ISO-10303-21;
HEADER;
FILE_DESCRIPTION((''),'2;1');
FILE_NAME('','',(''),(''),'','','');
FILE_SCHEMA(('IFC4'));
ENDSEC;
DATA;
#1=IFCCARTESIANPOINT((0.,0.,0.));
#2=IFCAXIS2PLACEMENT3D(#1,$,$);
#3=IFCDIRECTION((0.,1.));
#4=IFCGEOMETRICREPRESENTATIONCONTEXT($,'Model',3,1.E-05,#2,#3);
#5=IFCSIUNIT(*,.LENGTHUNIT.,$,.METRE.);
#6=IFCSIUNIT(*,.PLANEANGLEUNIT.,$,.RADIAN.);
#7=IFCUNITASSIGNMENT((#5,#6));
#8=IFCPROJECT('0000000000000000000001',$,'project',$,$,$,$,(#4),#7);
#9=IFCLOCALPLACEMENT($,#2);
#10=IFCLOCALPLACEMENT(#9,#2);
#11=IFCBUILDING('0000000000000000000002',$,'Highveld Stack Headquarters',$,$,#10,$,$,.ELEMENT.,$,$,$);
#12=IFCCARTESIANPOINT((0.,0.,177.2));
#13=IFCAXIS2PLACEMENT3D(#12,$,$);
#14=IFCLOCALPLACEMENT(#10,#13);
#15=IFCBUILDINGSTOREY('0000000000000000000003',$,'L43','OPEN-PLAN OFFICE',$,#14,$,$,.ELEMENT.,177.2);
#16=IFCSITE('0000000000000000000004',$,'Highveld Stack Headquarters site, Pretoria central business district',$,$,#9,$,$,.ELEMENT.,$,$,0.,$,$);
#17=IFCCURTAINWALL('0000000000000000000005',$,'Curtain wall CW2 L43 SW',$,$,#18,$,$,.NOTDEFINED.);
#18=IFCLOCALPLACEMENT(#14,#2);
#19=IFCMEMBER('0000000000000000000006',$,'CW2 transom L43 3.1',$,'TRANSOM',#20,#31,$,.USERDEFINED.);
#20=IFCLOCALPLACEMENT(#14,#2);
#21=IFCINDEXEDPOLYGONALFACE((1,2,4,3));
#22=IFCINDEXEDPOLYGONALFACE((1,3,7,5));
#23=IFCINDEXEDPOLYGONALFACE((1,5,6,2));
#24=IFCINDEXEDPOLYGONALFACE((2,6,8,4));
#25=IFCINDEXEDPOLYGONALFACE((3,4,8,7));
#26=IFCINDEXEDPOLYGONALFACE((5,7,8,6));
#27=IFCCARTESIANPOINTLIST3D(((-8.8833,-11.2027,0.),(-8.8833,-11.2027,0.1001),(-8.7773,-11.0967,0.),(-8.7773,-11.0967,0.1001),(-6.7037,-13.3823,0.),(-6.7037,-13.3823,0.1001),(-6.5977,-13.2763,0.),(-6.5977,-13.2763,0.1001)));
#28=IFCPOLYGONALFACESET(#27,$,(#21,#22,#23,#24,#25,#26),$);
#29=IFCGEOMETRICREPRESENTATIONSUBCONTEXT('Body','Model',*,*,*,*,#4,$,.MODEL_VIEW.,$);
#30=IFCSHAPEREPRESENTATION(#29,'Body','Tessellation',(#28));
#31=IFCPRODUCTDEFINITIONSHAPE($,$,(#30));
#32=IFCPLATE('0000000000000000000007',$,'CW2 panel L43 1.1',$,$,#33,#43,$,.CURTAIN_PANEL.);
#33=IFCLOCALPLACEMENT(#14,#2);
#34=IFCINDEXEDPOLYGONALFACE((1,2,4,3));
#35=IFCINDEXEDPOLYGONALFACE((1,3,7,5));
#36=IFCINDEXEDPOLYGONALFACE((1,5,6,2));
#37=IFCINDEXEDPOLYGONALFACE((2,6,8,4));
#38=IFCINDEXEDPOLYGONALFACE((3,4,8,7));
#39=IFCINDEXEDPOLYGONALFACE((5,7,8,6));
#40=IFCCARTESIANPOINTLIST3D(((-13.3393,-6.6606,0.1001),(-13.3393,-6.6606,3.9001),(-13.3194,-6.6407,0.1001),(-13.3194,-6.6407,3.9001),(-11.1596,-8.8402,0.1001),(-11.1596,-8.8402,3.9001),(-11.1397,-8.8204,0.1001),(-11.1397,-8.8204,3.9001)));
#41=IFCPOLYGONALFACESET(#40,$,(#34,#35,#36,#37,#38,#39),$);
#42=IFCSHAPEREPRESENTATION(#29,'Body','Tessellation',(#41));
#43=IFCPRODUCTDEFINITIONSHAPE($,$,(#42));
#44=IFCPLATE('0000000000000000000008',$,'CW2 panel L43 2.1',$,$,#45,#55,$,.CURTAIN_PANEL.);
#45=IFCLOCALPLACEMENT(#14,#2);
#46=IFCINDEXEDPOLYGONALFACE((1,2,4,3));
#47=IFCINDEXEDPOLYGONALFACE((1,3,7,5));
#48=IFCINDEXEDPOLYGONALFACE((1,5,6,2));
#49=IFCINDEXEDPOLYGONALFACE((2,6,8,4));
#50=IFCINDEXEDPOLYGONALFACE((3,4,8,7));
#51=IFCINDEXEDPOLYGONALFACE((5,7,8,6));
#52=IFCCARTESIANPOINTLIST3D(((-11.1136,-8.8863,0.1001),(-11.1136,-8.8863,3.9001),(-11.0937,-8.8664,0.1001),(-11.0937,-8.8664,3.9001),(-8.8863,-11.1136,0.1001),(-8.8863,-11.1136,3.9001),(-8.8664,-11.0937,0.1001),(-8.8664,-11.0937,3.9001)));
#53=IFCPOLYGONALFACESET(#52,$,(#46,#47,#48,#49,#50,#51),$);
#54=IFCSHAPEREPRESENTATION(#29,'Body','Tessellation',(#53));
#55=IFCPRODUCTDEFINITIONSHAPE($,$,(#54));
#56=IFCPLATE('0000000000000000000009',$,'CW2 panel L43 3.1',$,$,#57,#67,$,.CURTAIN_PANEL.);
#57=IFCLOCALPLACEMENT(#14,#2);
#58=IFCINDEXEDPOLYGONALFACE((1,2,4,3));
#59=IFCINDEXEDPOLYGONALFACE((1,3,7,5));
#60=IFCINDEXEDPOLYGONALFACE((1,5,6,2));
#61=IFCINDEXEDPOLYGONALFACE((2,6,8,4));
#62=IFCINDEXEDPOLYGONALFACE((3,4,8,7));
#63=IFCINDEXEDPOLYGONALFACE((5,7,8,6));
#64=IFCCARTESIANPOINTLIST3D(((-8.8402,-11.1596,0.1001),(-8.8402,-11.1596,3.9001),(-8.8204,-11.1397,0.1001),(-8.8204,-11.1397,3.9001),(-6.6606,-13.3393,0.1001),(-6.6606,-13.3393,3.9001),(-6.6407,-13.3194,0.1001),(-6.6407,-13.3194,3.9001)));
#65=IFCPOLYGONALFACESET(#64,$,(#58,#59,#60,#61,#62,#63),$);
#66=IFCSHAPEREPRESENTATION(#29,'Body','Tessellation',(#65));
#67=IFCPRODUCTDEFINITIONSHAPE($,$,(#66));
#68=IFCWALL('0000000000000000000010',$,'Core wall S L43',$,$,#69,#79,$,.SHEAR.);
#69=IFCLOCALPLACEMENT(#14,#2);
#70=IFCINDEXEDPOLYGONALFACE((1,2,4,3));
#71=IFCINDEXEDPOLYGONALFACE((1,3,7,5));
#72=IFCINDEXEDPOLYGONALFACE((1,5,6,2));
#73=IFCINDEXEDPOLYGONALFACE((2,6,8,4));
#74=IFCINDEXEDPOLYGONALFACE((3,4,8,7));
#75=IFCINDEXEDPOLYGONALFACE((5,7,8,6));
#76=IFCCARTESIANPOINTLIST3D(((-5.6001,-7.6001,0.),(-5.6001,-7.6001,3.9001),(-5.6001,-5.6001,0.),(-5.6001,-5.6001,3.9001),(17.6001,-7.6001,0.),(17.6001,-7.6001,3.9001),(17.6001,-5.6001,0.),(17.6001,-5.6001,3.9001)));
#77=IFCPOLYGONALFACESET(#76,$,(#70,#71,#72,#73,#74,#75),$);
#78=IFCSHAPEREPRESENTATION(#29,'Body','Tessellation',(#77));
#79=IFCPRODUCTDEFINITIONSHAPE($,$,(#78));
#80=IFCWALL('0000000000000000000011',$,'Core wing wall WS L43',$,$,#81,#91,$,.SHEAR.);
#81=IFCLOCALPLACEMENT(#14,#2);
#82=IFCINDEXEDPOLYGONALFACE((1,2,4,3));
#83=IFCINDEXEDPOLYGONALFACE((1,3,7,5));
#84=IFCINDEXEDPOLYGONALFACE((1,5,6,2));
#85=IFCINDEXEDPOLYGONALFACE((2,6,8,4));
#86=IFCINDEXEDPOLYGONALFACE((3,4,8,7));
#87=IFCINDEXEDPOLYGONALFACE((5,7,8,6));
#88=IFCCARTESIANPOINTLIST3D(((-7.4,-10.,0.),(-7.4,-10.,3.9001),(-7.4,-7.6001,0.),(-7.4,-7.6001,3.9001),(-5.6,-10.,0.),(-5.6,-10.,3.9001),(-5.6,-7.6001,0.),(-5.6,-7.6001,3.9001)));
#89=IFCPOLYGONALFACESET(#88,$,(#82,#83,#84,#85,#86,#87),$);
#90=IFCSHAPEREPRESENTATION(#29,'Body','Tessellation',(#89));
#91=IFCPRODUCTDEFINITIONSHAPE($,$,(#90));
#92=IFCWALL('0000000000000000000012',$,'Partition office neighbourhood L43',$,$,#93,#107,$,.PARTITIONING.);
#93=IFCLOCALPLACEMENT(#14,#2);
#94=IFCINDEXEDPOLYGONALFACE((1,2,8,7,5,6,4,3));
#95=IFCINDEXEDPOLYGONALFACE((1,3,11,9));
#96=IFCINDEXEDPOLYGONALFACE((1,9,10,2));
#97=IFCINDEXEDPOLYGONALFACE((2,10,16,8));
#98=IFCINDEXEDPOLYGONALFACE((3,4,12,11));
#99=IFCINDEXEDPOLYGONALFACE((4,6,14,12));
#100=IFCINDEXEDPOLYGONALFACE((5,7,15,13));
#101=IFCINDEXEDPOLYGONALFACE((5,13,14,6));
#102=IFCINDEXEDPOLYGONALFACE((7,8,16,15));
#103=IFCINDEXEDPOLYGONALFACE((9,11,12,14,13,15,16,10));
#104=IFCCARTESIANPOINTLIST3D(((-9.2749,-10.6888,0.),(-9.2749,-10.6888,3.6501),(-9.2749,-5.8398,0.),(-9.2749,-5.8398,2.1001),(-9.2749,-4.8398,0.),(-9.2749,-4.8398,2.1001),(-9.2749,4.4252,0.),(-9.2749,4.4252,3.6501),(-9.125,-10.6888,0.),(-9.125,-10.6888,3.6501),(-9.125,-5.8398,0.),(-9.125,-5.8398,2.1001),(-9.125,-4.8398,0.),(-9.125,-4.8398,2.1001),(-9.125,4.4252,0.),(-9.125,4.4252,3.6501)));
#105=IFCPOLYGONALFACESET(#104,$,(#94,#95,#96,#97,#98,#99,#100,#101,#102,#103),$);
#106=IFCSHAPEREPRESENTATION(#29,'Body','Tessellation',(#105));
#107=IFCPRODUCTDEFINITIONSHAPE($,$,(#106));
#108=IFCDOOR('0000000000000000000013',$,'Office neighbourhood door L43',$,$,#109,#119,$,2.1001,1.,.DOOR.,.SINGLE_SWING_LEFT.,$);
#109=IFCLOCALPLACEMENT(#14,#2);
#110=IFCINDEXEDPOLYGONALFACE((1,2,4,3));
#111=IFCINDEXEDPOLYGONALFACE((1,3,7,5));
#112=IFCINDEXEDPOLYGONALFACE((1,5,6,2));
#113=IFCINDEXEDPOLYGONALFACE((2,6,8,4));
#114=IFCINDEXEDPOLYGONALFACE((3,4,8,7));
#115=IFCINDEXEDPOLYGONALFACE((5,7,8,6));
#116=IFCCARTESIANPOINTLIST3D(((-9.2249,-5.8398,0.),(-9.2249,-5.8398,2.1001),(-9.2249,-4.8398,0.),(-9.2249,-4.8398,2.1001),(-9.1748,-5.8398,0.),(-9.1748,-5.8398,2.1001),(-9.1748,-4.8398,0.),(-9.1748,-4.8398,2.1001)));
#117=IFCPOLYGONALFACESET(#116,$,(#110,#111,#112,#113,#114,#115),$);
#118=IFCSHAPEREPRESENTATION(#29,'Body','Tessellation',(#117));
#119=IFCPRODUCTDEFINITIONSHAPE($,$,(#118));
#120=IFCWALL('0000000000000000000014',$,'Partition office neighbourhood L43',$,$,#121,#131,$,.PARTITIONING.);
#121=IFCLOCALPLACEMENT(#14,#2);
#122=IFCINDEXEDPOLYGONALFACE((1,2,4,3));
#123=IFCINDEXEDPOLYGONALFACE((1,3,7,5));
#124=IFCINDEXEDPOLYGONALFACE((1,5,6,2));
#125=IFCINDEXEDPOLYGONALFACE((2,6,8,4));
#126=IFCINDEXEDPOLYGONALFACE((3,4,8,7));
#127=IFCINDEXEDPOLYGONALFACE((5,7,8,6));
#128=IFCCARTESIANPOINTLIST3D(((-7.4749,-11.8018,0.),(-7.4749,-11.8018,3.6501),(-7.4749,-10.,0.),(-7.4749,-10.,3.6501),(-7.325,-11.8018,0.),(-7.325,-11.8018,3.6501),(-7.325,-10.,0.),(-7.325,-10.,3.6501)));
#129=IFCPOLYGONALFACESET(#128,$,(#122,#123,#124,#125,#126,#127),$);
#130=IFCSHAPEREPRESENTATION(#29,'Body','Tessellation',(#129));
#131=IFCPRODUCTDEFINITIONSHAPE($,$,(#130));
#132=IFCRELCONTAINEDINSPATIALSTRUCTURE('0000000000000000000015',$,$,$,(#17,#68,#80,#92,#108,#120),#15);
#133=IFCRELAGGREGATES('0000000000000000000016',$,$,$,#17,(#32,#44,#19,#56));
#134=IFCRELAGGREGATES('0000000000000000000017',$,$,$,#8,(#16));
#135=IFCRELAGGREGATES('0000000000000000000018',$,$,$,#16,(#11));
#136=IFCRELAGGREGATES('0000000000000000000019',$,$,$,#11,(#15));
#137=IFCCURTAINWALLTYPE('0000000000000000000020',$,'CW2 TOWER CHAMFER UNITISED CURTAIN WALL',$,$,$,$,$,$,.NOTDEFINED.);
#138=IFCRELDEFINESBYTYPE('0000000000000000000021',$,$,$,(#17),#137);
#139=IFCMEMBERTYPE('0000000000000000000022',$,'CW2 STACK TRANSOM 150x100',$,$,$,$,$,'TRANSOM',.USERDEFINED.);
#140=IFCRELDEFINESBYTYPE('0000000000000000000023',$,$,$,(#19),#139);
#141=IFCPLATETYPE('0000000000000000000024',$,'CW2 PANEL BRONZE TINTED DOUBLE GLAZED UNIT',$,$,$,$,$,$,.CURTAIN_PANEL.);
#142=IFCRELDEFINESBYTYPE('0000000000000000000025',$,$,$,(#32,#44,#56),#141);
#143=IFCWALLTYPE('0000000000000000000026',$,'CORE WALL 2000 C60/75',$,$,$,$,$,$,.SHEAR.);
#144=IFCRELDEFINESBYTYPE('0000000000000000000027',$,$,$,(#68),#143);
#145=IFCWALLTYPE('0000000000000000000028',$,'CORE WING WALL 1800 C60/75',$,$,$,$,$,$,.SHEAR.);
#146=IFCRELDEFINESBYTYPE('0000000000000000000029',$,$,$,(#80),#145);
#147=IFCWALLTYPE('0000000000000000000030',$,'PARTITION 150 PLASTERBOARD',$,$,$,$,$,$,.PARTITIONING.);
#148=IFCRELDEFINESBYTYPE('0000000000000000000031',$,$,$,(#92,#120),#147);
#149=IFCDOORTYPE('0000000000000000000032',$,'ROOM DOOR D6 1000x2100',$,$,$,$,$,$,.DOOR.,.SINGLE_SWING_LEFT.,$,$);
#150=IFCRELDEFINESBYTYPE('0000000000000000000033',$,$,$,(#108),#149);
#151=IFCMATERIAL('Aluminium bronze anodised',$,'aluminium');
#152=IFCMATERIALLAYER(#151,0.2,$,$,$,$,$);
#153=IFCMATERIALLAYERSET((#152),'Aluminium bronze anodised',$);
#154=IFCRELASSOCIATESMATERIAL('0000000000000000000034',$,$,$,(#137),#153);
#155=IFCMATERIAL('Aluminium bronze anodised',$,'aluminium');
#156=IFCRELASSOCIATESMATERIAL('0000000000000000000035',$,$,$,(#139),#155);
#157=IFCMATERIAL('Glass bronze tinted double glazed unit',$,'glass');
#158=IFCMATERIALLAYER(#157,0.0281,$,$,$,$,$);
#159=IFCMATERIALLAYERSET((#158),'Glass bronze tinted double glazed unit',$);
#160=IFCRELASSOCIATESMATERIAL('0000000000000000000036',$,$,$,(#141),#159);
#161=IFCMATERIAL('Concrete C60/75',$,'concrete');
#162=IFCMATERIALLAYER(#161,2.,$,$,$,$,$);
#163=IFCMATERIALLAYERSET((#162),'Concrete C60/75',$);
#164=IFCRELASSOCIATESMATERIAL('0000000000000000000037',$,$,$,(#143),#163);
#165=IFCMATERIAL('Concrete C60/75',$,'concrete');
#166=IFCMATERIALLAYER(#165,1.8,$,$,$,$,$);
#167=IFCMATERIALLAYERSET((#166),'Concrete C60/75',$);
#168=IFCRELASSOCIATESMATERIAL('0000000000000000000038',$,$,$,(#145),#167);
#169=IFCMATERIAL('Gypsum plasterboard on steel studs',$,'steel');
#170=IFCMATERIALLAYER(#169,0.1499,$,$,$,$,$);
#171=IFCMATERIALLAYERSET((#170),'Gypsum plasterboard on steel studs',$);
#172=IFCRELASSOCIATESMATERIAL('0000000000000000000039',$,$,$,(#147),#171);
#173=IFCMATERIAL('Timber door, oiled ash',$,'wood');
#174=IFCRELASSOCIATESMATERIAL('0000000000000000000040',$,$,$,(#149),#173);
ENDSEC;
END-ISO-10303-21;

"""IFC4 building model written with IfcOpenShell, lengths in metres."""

from ifc_helpers import new_model, si_unit, direction, frame, frame_2d, origin, origin_2d, place, context, subcontext, project, spatial, rectangle, extrude, material, layer, layer_set, material_profile, profile_set, type_object, element, fill, aggregate, save


model = new_model("IFC4")

# Units and contexts
model_context = context("Model", 3, precision=1e-05, world=origin(), true_north=direction((0.0, 1.0)))
body_context = subcontext(model_context, "Body", "Model", "MODEL_VIEW")
ifc_project = project(units=[si_unit("LENGTHUNIT", "METRE"), si_unit("PLANEANGLEUNIT", "RADIAN")], contexts=[model_context])

# Site, building, storey
site_placement = place(None, origin())
site = spatial("IfcSite", under=ifc_project, at=site_placement, Name="Highveld Stack Headquarters site, Pretoria central business district", CompositionType="ELEMENT", RefElevation=0.0)
building_placement = place(site_placement, origin())
building = spatial("IfcBuilding", under=site, at=building_placement, Name="Highveld Stack Headquarters", CompositionType="ELEMENT")
storey_placement = place(building_placement, frame((0.0, 0.0, 177.2)))
storey = spatial("IfcBuildingStorey", under=building, at=storey_placement, Name="L43", Description="OPEN-PLAN OFFICE", CompositionType="ELEMENT", Elevation=177.2)

# Curtain wall, member, plates
ifc_material_1 = material(Name="Aluminium bronze anodised", Category="aluminium")
ifc_layer_1 = layer(ifc_material_1, 0.2)
ifc_layer_set_1 = layer_set([ifc_layer_1], Name="Aluminium bronze anodised")
curtain_wall_type_1 = type_object("IfcCurtainWallType", Name="CW2 TOWER CHAMFER UNITISED CURTAIN WALL", PredefinedType="NOTDEFINED", material=ifc_layer_set_1)
curtain_wall_1_placement = place(storey_placement, origin())
curtain_wall_1 = element("IfcCurtainWall", 1, at=curtain_wall_1_placement, inside=storey, type_object=curtain_wall_type_1, Name="Curtain wall CW2 L43 SW", PredefinedType="NOTDEFINED")
ifc_material_2 = material(Name="Aluminium bronze anodised", Category="aluminium")
ifc_material_profile_1 = material_profile(ifc_material_2, rectangle(XDim=0.1499, YDim=0.1001, at=origin_2d()), Name="CW2 TRANSOM 150x100")
ifc_profile_set_1 = profile_set([ifc_material_profile_1], Name="Aluminium bronze anodised")
member_type_1 = type_object("IfcMemberType", Name="CW2 STACK TRANSOM 150x100", ElementType="TRANSOM", PredefinedType="USERDEFINED", material=ifc_profile_set_1)
member_1_placement = place(storey_placement, frame((-8.8303, -11.1497, 0.05), z_axis=(0.707107, -0.707107, 0.0), x_axis=(0.707107, 0.707107, 0.0)))
member_1 = element("IfcMember", 2, at=member_1_placement, type_object=member_type_1, Name="CW2 transom L43 3.1", ObjectType="TRANSOM", PredefinedType="USERDEFINED", context=body_context, shape_type="SweptSolid", body=[
    extrude(rectangle(XDim=0.1499, YDim=0.1001, at=origin_2d()), origin(), (0.0, 0.0, 1.0), 3.0825),
])
ifc_material_3 = material(Name="Glass bronze tinted double glazed unit", Category="glass")
ifc_layer_2 = layer(ifc_material_3, 0.0281)
ifc_layer_set_2 = layer_set([ifc_layer_2], Name="Glass bronze tinted double glazed unit")
plate_type = type_object("IfcPlateType", Name="CW2 PANEL BRONZE TINTED DOUBLE GLAZED UNIT", PredefinedType="CURTAIN_PANEL", material=ifc_layer_set_2)
plate_1_placement = place(storey_placement, frame((-12.2395, -7.7405, 0.1001), z_axis=(0.0, 0.0, 1.0), x_axis=(0.707107, -0.707107, 0.0)))
plate_1 = element("IfcPlate", 3, at=plate_1_placement, type_object=plate_type, Name="CW2 panel L43 1.1", PredefinedType="CURTAIN_PANEL", context=body_context, shape_type="SweptSolid", body=[
    extrude(rectangle(XDim=3.0825, YDim=0.0281, at=origin_2d()), origin(), (0.0, 0.0, 1.0), 3.8),
])
plate_2_placement = place(storey_placement, frame((-9.99, -9.99, 0.1001), z_axis=(0.0, 0.0, 1.0), x_axis=(0.707107, -0.707107, 0.0)))
plate_2 = element("IfcPlate", 4, at=plate_2_placement, type_object=plate_type, Name="CW2 panel L43 2.1", PredefinedType="CURTAIN_PANEL", context=body_context, shape_type="SweptSolid", body=[
    extrude(rectangle(XDim=3.1499, YDim=0.0281, at=origin_2d()), origin(), (0.0, 0.0, 1.0), 3.8),
])
plate_3_placement = place(storey_placement, frame((-7.7405, -12.2395, 0.1001), z_axis=(0.0, 0.0, 1.0), x_axis=(0.707107, -0.707107, 0.0)))
plate_3 = element("IfcPlate", 5, at=plate_3_placement, type_object=plate_type, Name="CW2 panel L43 3.1", PredefinedType="CURTAIN_PANEL", context=body_context, shape_type="SweptSolid", body=[
    extrude(rectangle(XDim=3.0825, YDim=0.0281, at=origin_2d()), origin(), (0.0, 0.0, 1.0), 3.8),
])
aggregate(curtain_wall_1, [plate_1, plate_2, member_1, plate_3])

# Walls
ifc_material_4 = material(Name="Concrete C60/75", Category="concrete")
ifc_layer_3 = layer(ifc_material_4, 2.0)
ifc_layer_set_3 = layer_set([ifc_layer_3], Name="Concrete C60/75")
wall_type_1 = type_object("IfcWallType", Name="CORE WALL 2000 C60/75", PredefinedType="SHEAR", material=ifc_layer_set_3)
wall_1_placement = place(storey_placement, frame((-5.6001, -6.6001, 0.0), z_axis=(0.0, 0.0, 1.0), x_axis=(1.0, 0.0, 0.0)))
element("IfcWall", 6, at=wall_1_placement, inside=storey, type_object=wall_type_1, Name="Core wall S L43", PredefinedType="SHEAR", context=body_context, shape_type="SweptSolid", body=[
    extrude(rectangle(XDim=23.2002, YDim=2.0, at=frame_2d((11.6001, 0.0))), origin(), (0.0, 0.0, 1.0), 3.9001),
])
ifc_material_5 = material(Name="Concrete C60/75", Category="concrete")
ifc_layer_4 = layer(ifc_material_5, 1.8)
ifc_layer_set_4 = layer_set([ifc_layer_4], Name="Concrete C60/75")
wall_type_2 = type_object("IfcWallType", Name="CORE WING WALL 1800 C60/75", PredefinedType="SHEAR", material=ifc_layer_set_4)
wall_2_placement = place(storey_placement, frame((-6.5, -10.0, 0.0), z_axis=(0.0, 0.0, 1.0), x_axis=(0.0, 1.0, 0.0)))
element("IfcWall", 7, at=wall_2_placement, inside=storey, type_object=wall_type_2, Name="Core wing wall WS L43", PredefinedType="SHEAR", context=body_context, shape_type="SweptSolid", body=[
    extrude(rectangle(XDim=2.3999, YDim=1.8, at=frame_2d((1.2, 0.0))), origin(), (0.0, 0.0, 1.0), 3.9001),
])

# Wall, opening, door
ifc_material_6 = material(Name="Gypsum plasterboard on steel studs", Category="steel")
ifc_layer_5 = layer(ifc_material_6, 0.1499)
ifc_layer_set_5 = layer_set([ifc_layer_5], Name="Gypsum plasterboard on steel studs")
wall_type_3 = type_object("IfcWallType", Name="PARTITION 150 PLASTERBOARD", PredefinedType="PARTITIONING", material=ifc_layer_set_5)
wall_3_placement = place(storey_placement, frame((-9.2, -10.689, 0.0), z_axis=(0.0, 0.0, 1.0), x_axis=(0.0, 1.0, 0.0)))
wall_3 = element("IfcWall", 8, at=wall_3_placement, inside=storey, type_object=wall_type_3, Name="Partition office neighbourhood L43", PredefinedType="PARTITIONING", context=body_context, shape_type="SweptSolid", body=[
    extrude(rectangle(XDim=15.114, YDim=0.1499, at=frame_2d((7.5571, 0.0))), origin(), (0.0, 0.0, 1.0), 3.6501),
])
opening_1_placement = place(wall_3_placement, frame((4.8491, 0.0, 0.0)))
opening_1 = element("IfcOpeningElement", 9, at=opening_1_placement, cuts=wall_3, PredefinedType="OPENING", context=body_context, shape_type="SweptSolid", body=[
    extrude(rectangle(XDim=1.0, YDim=2.1001, at=frame_2d((0.5, 1.05))), frame((0.0, 0.085, 0.0), z_axis=(0.0, -1.0, 0.0), x_axis=(1.0, 0.0, 0.0)), (0.0, 0.0, 1.0), 0.1699),
])
ifc_material_7 = material(Name="Timber door, oiled ash", Category="wood")
door_type_1 = type_object("IfcDoorType", Name="ROOM DOOR D6 1000x2100", OperationType="SINGLE_SWING_LEFT", PredefinedType="DOOR", material=ifc_material_7)
door_1_placement = place(opening_1_placement, origin())
door_1 = element("IfcDoor", 10, at=door_1_placement, inside=storey, type_object=door_type_1, Name="Office neighbourhood door L43", OperationType="SINGLE_SWING_LEFT", OverallHeight=2.1001, OverallWidth=1.0, PredefinedType="DOOR", context=body_context, shape_type="SweptSolid", body=[
    extrude(rectangle(XDim=1.0, YDim=2.1001, at=frame_2d((0.5, 1.05))), frame((0.0, 0.0249, 0.0), z_axis=(0.0, -1.0, 0.0), x_axis=(1.0, 0.0, 0.0)), (0.0, 0.0, 1.0), 0.05),
])
fill(opening_1, door_1)

# Wall
wall_4_placement = place(storey_placement, frame((-7.3999, -11.8018, 0.0), z_axis=(0.0, 0.0, 1.0), x_axis=(0.0, 1.0, 0.0)))
element("IfcWall", 11, at=wall_4_placement, inside=storey, type_object=wall_type_3, Name="Partition office neighbourhood L43", PredefinedType="PARTITIONING", context=body_context, shape_type="SweptSolid", body=[
    extrude(rectangle(XDim=1.8018, YDim=0.1499, at=frame_2d((0.9009, 0.0))), origin(), (0.0, 0.0, 1.0), 3.6501),
])

save(model, "model.ifc")
